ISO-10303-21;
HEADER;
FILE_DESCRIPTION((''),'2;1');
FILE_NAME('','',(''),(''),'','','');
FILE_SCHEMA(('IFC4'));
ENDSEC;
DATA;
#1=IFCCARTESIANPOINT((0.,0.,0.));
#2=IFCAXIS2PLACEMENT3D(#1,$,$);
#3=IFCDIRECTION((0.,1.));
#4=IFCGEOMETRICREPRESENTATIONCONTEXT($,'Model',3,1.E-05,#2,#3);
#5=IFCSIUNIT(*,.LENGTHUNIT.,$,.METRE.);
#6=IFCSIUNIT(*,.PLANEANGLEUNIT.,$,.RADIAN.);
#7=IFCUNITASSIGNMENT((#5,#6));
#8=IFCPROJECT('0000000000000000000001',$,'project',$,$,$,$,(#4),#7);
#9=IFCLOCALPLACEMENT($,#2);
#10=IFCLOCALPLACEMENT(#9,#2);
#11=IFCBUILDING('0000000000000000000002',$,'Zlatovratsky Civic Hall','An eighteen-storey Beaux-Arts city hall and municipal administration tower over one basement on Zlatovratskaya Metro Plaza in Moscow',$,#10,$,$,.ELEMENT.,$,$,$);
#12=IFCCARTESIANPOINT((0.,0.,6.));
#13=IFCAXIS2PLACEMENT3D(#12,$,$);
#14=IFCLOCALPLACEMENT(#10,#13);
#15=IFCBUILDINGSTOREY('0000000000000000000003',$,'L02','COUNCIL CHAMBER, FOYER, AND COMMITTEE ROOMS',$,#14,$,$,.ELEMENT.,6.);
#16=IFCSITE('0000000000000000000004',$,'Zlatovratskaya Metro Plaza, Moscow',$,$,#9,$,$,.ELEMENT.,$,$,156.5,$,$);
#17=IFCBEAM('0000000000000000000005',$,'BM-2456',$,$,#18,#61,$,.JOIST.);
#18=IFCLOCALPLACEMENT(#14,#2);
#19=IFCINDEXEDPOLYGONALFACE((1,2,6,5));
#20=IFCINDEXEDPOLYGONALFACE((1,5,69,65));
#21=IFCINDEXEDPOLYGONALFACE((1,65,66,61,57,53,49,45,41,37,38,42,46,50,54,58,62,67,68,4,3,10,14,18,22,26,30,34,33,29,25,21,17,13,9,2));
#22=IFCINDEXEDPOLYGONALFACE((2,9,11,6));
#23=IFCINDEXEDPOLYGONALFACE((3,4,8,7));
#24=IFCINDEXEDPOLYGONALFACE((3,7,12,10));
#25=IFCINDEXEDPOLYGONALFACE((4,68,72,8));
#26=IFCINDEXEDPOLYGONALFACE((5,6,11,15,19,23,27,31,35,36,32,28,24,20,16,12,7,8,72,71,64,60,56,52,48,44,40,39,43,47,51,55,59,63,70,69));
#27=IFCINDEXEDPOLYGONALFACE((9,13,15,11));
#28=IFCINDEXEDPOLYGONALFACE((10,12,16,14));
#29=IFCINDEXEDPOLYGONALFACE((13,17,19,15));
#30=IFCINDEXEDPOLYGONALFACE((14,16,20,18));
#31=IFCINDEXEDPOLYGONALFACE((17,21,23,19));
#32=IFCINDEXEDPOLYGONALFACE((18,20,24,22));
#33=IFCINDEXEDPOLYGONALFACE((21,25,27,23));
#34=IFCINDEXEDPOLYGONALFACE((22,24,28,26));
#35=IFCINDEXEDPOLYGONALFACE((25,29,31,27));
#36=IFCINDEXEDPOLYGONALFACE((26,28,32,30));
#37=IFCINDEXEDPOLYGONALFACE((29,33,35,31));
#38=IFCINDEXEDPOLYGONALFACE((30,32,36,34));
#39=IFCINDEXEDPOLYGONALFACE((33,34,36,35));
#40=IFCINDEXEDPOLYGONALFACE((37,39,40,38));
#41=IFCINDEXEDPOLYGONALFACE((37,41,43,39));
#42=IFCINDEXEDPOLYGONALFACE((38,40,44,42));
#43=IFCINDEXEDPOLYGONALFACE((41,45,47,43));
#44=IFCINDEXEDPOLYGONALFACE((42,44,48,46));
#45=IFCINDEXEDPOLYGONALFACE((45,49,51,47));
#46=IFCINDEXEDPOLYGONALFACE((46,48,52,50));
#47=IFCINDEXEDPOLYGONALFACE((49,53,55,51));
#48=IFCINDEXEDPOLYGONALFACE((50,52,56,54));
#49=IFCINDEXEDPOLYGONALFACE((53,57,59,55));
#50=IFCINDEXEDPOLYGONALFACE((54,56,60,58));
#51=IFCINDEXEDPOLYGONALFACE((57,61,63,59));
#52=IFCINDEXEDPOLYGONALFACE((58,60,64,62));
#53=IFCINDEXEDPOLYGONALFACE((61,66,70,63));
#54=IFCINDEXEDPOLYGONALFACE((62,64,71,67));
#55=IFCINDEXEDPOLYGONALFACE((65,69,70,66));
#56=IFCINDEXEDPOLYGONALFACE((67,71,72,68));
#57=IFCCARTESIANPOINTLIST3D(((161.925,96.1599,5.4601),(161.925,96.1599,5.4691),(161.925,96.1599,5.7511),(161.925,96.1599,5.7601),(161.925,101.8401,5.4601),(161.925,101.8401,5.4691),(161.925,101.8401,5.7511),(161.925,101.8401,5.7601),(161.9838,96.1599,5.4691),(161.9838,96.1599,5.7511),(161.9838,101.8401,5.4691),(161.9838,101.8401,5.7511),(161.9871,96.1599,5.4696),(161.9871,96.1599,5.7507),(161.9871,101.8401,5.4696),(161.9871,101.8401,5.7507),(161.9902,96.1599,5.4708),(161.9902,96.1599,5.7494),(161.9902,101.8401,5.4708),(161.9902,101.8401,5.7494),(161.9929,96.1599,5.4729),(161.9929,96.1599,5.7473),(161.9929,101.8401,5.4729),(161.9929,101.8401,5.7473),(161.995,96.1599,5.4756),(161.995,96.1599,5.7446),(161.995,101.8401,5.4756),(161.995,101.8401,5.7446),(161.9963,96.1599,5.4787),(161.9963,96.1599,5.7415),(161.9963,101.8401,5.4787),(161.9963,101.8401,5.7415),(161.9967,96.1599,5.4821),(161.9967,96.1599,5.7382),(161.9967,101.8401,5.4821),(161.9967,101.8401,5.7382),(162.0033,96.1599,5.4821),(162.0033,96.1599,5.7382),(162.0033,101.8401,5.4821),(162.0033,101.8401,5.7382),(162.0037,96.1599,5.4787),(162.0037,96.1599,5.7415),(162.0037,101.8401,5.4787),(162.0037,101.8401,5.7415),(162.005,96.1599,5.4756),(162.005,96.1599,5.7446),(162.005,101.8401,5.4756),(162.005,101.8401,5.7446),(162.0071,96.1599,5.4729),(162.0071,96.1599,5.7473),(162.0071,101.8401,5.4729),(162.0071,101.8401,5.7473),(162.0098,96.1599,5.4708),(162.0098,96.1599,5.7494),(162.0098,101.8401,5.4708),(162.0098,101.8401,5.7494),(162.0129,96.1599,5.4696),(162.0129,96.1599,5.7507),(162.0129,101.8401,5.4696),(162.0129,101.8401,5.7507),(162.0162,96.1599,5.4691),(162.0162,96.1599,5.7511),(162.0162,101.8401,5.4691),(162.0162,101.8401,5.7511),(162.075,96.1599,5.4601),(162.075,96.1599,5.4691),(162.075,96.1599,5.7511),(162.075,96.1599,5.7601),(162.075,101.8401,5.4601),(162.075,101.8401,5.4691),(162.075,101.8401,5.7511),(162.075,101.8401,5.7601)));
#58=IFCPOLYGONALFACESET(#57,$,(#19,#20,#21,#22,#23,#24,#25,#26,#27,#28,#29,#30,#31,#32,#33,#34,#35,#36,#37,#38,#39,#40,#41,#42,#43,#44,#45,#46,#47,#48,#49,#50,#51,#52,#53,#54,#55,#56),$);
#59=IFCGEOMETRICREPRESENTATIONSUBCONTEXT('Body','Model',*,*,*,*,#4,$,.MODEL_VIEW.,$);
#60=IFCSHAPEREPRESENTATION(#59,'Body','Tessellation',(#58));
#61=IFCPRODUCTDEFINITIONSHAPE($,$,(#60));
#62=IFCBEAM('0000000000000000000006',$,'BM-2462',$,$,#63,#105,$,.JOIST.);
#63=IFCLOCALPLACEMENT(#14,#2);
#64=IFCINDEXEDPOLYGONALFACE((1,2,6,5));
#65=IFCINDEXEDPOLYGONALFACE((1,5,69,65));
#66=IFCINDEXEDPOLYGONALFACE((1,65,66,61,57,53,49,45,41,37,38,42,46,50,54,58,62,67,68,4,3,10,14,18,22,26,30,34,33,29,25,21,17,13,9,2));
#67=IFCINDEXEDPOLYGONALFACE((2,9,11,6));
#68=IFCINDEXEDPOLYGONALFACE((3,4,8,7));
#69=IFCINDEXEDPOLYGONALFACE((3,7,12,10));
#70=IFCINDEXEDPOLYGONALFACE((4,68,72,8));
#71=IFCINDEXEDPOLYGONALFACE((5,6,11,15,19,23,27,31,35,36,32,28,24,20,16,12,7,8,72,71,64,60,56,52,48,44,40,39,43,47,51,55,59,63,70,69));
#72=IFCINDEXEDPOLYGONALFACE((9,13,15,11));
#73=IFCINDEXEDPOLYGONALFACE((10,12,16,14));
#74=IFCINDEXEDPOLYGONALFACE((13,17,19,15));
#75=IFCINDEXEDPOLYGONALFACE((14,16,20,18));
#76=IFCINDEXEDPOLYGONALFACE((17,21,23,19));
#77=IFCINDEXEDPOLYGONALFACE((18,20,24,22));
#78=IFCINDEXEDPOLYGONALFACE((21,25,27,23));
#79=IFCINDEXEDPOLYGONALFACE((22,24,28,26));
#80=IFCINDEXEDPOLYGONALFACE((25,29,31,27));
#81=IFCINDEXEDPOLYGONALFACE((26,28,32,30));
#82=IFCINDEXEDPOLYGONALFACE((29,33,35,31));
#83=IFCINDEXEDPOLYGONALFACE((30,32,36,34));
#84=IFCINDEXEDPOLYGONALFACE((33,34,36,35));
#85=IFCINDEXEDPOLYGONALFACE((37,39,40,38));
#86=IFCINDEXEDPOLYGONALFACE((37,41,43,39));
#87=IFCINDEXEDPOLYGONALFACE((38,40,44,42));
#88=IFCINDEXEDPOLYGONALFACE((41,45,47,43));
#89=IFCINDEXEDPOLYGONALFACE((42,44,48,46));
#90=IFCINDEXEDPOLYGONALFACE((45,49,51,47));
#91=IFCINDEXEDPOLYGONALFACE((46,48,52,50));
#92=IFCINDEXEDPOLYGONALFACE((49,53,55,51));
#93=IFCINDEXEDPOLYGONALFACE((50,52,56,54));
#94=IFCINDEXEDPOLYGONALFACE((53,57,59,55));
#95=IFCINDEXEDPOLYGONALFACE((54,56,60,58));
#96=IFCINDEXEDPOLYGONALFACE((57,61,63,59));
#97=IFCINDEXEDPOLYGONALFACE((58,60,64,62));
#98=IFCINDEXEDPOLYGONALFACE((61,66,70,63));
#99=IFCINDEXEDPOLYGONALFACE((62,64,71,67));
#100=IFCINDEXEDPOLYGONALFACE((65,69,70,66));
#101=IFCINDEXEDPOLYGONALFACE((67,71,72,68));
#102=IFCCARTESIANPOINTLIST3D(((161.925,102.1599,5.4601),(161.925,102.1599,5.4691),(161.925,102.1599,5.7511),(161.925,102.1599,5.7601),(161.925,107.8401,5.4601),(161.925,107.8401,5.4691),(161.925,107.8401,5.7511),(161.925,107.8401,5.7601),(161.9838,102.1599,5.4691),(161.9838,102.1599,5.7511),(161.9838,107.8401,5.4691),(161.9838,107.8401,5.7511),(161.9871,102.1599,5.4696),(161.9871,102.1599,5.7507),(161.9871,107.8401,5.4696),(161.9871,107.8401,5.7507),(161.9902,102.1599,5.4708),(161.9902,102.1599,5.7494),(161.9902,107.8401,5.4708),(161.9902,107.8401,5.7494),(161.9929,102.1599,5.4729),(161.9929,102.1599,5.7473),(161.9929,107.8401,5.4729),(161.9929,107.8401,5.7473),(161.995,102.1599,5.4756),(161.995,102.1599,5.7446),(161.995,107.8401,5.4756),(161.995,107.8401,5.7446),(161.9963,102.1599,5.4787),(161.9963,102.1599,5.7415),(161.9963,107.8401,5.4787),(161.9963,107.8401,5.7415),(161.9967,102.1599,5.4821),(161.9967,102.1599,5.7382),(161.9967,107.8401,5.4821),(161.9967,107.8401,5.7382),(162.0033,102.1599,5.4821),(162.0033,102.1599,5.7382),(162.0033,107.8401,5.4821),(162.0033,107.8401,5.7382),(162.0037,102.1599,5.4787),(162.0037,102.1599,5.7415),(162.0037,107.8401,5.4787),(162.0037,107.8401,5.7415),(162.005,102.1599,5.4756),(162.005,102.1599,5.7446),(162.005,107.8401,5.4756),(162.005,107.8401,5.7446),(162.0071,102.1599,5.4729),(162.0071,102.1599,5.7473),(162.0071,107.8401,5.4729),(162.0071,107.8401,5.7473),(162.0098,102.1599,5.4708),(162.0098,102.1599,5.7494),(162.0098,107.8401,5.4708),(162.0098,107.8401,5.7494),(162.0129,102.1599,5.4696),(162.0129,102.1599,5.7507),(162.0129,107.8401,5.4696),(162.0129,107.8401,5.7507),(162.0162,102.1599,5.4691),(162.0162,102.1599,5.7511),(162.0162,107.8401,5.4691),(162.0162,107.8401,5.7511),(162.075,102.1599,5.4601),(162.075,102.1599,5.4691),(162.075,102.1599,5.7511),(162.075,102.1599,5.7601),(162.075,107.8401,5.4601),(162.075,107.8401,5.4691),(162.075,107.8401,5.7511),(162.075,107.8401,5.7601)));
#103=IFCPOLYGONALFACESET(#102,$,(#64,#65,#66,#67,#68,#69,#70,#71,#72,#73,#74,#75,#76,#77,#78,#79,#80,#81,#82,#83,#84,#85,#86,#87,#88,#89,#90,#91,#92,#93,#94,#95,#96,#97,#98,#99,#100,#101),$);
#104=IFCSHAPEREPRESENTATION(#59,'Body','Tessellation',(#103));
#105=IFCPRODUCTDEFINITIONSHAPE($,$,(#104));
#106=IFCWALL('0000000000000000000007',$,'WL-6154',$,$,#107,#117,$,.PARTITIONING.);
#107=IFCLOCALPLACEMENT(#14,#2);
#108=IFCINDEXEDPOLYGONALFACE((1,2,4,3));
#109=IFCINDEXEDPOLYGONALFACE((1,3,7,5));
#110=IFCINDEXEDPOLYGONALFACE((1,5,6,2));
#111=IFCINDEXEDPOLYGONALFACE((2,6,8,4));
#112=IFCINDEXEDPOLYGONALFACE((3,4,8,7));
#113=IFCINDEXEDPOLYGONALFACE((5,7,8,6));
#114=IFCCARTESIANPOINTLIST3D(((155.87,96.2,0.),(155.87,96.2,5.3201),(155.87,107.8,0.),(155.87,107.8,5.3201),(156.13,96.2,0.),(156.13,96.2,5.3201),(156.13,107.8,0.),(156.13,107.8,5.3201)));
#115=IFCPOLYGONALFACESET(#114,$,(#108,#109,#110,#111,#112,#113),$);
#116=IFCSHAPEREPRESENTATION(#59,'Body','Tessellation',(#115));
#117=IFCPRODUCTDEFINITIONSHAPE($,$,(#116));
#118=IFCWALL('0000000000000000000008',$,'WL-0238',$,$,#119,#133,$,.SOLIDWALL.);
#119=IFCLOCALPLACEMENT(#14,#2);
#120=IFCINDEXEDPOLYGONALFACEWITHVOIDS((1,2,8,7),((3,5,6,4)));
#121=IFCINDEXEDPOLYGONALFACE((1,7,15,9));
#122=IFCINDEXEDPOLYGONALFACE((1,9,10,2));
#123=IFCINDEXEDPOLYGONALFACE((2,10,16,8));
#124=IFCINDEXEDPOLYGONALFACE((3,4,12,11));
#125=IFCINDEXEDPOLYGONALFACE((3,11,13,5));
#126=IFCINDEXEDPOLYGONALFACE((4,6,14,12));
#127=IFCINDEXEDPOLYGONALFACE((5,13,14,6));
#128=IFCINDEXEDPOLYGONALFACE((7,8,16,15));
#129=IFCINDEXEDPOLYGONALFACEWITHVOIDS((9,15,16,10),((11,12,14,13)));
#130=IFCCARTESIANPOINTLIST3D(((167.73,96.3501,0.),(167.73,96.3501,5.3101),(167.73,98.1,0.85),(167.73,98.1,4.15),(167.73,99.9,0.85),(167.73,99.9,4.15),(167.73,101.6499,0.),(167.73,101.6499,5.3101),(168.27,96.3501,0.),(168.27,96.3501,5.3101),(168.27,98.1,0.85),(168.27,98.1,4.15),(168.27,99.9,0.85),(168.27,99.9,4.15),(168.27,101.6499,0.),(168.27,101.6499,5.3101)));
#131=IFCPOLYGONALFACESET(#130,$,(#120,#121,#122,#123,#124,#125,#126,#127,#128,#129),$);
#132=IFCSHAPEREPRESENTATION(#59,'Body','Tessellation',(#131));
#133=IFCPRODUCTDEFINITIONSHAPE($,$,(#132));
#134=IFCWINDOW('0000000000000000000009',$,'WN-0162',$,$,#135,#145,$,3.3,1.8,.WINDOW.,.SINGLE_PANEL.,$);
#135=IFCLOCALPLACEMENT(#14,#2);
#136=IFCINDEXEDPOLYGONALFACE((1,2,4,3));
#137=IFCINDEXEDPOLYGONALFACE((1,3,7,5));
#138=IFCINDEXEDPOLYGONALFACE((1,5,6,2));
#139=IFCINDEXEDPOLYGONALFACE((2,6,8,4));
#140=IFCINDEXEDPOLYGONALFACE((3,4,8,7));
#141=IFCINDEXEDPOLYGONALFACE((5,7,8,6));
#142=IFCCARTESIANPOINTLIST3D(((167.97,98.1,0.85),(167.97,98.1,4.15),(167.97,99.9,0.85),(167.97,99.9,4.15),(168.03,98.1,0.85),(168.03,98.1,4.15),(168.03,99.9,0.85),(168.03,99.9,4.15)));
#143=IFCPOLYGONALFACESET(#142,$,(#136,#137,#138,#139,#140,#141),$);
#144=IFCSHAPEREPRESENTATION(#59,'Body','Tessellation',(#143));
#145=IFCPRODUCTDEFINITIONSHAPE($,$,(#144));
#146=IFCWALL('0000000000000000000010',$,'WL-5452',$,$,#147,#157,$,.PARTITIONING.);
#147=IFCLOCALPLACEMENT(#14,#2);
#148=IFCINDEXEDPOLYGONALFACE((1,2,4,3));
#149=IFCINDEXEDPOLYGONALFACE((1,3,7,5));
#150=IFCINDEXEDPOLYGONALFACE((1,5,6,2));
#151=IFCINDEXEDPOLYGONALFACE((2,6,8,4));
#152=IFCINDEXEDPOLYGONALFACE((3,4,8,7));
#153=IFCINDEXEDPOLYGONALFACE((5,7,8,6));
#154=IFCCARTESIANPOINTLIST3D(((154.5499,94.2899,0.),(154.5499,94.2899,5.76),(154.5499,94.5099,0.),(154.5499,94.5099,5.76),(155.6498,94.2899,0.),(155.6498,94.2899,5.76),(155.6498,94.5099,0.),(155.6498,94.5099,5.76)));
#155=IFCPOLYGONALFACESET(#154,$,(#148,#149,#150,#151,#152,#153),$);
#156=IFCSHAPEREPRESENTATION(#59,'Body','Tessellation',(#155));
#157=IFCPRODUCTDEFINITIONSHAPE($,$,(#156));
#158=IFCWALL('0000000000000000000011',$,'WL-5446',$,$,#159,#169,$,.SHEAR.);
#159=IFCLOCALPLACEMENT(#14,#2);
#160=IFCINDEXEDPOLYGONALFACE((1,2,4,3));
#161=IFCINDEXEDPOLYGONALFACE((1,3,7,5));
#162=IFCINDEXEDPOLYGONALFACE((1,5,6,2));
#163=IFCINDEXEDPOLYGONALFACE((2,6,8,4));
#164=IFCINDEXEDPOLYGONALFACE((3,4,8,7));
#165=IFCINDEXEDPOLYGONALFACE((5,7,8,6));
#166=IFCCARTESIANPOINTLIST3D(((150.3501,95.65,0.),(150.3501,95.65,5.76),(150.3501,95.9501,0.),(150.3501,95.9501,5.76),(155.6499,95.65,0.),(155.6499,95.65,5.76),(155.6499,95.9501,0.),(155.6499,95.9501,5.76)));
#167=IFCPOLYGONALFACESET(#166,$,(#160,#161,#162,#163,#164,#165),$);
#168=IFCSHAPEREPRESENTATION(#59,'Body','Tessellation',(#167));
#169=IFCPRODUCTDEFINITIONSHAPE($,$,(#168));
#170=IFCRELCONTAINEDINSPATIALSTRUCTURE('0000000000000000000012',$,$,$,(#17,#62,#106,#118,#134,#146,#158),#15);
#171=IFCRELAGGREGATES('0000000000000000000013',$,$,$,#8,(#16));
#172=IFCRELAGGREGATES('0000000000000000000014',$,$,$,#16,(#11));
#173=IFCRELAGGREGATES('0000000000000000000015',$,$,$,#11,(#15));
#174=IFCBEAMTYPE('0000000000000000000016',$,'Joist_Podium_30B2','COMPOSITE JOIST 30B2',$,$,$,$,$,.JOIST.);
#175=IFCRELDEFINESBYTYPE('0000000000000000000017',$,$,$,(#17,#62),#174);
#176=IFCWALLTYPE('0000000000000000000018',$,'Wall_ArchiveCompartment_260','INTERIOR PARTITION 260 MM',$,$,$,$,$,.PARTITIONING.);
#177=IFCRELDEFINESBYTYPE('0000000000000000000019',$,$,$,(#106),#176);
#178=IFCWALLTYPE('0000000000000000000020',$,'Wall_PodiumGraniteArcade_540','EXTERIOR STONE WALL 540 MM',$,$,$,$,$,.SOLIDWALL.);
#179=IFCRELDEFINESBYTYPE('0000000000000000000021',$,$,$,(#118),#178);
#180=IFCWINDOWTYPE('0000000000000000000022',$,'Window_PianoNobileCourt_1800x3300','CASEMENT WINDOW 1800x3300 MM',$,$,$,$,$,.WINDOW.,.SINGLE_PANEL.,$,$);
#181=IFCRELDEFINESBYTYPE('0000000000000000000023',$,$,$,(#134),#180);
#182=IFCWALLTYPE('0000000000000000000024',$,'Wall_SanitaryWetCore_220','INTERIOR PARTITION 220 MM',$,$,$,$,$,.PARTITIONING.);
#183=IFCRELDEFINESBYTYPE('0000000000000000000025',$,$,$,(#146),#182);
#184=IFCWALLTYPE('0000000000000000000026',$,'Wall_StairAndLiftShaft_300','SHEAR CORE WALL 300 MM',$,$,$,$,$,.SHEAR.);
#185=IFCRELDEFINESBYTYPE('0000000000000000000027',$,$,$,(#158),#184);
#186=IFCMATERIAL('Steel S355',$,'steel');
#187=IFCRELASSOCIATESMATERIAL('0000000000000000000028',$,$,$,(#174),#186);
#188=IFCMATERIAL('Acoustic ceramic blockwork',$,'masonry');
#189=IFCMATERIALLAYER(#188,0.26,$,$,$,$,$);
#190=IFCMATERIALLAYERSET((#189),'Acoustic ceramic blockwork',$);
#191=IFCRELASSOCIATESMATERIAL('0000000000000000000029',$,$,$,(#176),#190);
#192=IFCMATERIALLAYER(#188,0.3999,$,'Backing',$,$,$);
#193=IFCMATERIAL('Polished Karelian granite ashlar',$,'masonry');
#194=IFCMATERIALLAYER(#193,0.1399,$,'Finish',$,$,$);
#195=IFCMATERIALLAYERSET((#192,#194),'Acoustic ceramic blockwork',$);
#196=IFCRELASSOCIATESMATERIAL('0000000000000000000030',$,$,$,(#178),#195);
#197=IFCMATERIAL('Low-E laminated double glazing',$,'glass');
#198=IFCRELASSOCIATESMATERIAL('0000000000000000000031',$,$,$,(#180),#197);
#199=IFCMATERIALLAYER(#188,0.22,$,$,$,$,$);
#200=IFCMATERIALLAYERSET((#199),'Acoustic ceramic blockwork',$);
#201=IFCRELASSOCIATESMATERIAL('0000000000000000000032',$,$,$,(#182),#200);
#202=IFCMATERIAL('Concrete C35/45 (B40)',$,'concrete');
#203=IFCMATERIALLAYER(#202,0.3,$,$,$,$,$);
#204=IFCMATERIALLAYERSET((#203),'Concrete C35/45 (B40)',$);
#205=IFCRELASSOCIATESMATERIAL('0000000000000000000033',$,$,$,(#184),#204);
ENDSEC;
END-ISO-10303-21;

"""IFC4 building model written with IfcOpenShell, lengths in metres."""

from ifc_helpers import new_model, si_unit, direction, frame, frame_2d, origin, origin_2d, place, context, subcontext, project, spatial, rectangle, i_section, extrude, material, layer, layer_set, material_profile, profile_set, type_object, element, fill, save


model = new_model("IFC4")

# Units and contexts
model_context = context("Model", 3, precision=1e-05, world=origin(), true_north=direction((0.0, 1.0)))
body_context = subcontext(model_context, "Body", "Model", "MODEL_VIEW")
ifc_project = project(units=[si_unit("LENGTHUNIT", "METRE"), si_unit("PLANEANGLEUNIT", "RADIAN")], contexts=[model_context])

# Site, building, storey
site_placement = place(None, origin())
site = spatial("IfcSite", under=ifc_project, at=site_placement, Name="Zlatovratskaya Metro Plaza, Moscow", CompositionType="ELEMENT", RefElevation=156.5)
building_placement = place(site_placement, origin())
building = spatial("IfcBuilding", under=site, at=building_placement, Name="Zlatovratsky Civic Hall", Description="An eighteen-storey Beaux-Arts city hall and municipal administration tower over one basement on Zlatovratskaya Metro Plaza in Moscow", CompositionType="ELEMENT")
storey_placement = place(building_placement, frame((0.0, 0.0, 6.0)))
storey = spatial("IfcBuildingStorey", under=building, at=storey_placement, Name="L02", Description="COUNCIL CHAMBER, FOYER, AND COMMITTEE ROOMS", CompositionType="ELEMENT", Elevation=6.0)

# Shared definitions
ifc_material_1 = material(Name="Concrete C35/45 (B40)", Category="concrete")
ifc_material_2 = material(Name="Steel S355", Category="steel")

# Beams
ifc_material_profile_1 = material_profile(ifc_material_2, i_section(OverallWidth=0.1499, OverallDepth=0.3, WebThickness=0.0066, FlangeThickness=0.009, FilletRadius=0.0129, at=origin_2d()), Name="30B2")
ifc_profile_set_1 = profile_set([ifc_material_profile_1], Name="Steel S355")
beam_type_1 = type_object("IfcBeamType", Name="Joist_Podium_30B2", Description="COMPOSITE JOIST 30B2", PredefinedType="JOIST", material=ifc_profile_set_1)
for number, where, z_axis, x_axis, name in (
    (1, (162.0, 96.1599, 5.6101), (0.0, 1.0, 0.0), (-1.0, 0.0, 0.0), "BM-2456"),
    (2, (162.0, 102.1599, 5.6101), (0.0, 1.0, 0.0), (-1.0, 0.0, 0.0), "BM-2462"),
):
    element("IfcBeam", number, at=place(storey_placement, frame(where, z_axis=z_axis, x_axis=x_axis)), inside=storey, type_object=beam_type_1, Name=name, PredefinedType="JOIST", context=body_context, shape_type="SweptSolid", body=[
        extrude(i_section(OverallWidth=0.1499, OverallDepth=0.3, WebThickness=0.0066, FlangeThickness=0.009, FilletRadius=0.0129, at=origin_2d()), origin(), (0.0, 0.0, 1.0), 5.6802),
    ])

# Wall
ifc_material_3 = material(Name="Acoustic ceramic blockwork", Category="masonry")
ifc_layer_1 = layer(ifc_material_3, 0.26)
ifc_layer_set_1 = layer_set([ifc_layer_1], Name="Acoustic ceramic blockwork")
wall_type_1 = type_object("IfcWallType", Name="Wall_ArchiveCompartment_260", Description="INTERIOR PARTITION 260 MM", PredefinedType="PARTITIONING", material=ifc_layer_set_1)
wall_1_placement = place(storey_placement, frame((156.0, 96.2, 0.0), z_axis=(0.0, 0.0, 1.0), x_axis=(0.0, 1.0, 0.0)))
element("IfcWall", 3, at=wall_1_placement, inside=storey, type_object=wall_type_1, Name="WL-6154", PredefinedType="PARTITIONING", context=body_context, shape_type="SweptSolid", body=[
    extrude(rectangle(XDim=11.6001, YDim=0.26, at=frame_2d((5.8, 0.0))), origin(), (0.0, 0.0, 1.0), 5.3201),
])

# Wall, opening, window
ifc_layer_2 = layer(ifc_material_3, 0.3999, Name="Backing")
ifc_material_4 = material(Name="Polished Karelian granite ashlar", Category="masonry")
ifc_layer_3 = layer(ifc_material_4, 0.1399, Name="Finish")
ifc_layer_set_2 = layer_set([ifc_layer_2, ifc_layer_3], Name="Acoustic ceramic blockwork")
wall_type_2 = type_object("IfcWallType", Name="Wall_PodiumGraniteArcade_540", Description="EXTERIOR STONE WALL 540 MM", PredefinedType="SOLIDWALL", material=ifc_layer_set_2)
wall_2_placement = place(storey_placement, frame((168.0, 96.3501, 0.0), z_axis=(0.0, 0.0, 1.0), x_axis=(0.0, 1.0, 0.0)))
wall_2 = element("IfcWall", 4, at=wall_2_placement, inside=storey, type_object=wall_type_2, Name="WL-0238", PredefinedType="SOLIDWALL", context=body_context, shape_type="SweptSolid", body=[
    extrude(rectangle(XDim=5.2998, YDim=0.54, at=frame_2d((2.6499, 0.0))), origin(), (0.0, 0.0, 1.0), 5.3101),
])
opening_placement = place(wall_2_placement, frame((1.75, 0.0, 0.8501)))
opening = element("IfcOpeningElement", 5, at=opening_placement, cuts=wall_2, PredefinedType="OPENING", context=body_context, shape_type="SweptSolid", body=[
    extrude(rectangle(XDim=1.8, YDim=3.3, at=frame_2d((0.8999, 1.6499))), frame((0.0, 0.2849, 0.0), z_axis=(0.0, -1.0, 0.0), x_axis=(1.0, 0.0, 0.0)), (0.0, 0.0, 1.0), 0.5698),
])
ifc_material_5 = material(Name="Low-E laminated double glazing", Category="glass")
window_type = type_object("IfcWindowType", Name="Window_PianoNobileCourt_1800x3300", Description="CASEMENT WINDOW 1800x3300 MM", PartitioningType="SINGLE_PANEL", PredefinedType="WINDOW", material=ifc_material_5)
window_placement = place(opening_placement, origin())
window = element("IfcWindow", 6, at=window_placement, inside=storey, type_object=window_type, Name="WN-0162", OverallHeight=3.3, OverallWidth=1.8, PartitioningType="SINGLE_PANEL", PredefinedType="WINDOW", context=body_context, shape_type="SweptSolid", body=[
    extrude(rectangle(XDim=1.8, YDim=3.3, at=frame_2d((0.8999, 1.6499))), frame((0.0, 0.03, 0.0), z_axis=(0.0, -1.0, 0.0), x_axis=(1.0, 0.0, 0.0)), (0.0, 0.0, 1.0), 0.0601),
])
fill(opening, window)

# Walls
ifc_layer_4 = layer(ifc_material_3, 0.22)
ifc_layer_set_3 = layer_set([ifc_layer_4], Name="Acoustic ceramic blockwork")
wall_type_3 = type_object("IfcWallType", Name="Wall_SanitaryWetCore_220", Description="INTERIOR PARTITION 220 MM", PredefinedType="PARTITIONING", material=ifc_layer_set_3)
wall_3_placement = place(storey_placement, frame((154.55, 94.3999, 0.0), z_axis=(0.0, 0.0, 1.0), x_axis=(1.0, 0.0, 0.0)))
element("IfcWall", 7, at=wall_3_placement, inside=storey, type_object=wall_type_3, Name="WL-5452", PredefinedType="PARTITIONING", context=body_context, shape_type="SweptSolid", body=[
    extrude(rectangle(XDim=1.0999, YDim=0.22, at=frame_2d((0.5498, 0.0))), origin(), (0.0, 0.0, 1.0), 5.76),
])
ifc_layer_5 = layer(ifc_material_1, 0.3)
ifc_layer_set_4 = layer_set([ifc_layer_5], Name="Concrete C35/45 (B40)")
wall_type_4 = type_object("IfcWallType", Name="Wall_StairAndLiftShaft_300", Description="SHEAR CORE WALL 300 MM", PredefinedType="SHEAR", material=ifc_layer_set_4)
wall_4_placement = place(storey_placement, frame((150.3501, 95.8, 0.0), z_axis=(0.0, 0.0, 1.0), x_axis=(1.0, 0.0, 0.0)))
element("IfcWall", 8, at=wall_4_placement, inside=storey, type_object=wall_type_4, Name="WL-5446", PredefinedType="SHEAR", context=body_context, shape_type="SweptSolid", body=[
    extrude(rectangle(XDim=5.2998, YDim=0.3, at=frame_2d((2.6499, 0.0))), origin(), (0.0, 0.0, 1.0), 5.76),
])

save(model, "model.ifc")
